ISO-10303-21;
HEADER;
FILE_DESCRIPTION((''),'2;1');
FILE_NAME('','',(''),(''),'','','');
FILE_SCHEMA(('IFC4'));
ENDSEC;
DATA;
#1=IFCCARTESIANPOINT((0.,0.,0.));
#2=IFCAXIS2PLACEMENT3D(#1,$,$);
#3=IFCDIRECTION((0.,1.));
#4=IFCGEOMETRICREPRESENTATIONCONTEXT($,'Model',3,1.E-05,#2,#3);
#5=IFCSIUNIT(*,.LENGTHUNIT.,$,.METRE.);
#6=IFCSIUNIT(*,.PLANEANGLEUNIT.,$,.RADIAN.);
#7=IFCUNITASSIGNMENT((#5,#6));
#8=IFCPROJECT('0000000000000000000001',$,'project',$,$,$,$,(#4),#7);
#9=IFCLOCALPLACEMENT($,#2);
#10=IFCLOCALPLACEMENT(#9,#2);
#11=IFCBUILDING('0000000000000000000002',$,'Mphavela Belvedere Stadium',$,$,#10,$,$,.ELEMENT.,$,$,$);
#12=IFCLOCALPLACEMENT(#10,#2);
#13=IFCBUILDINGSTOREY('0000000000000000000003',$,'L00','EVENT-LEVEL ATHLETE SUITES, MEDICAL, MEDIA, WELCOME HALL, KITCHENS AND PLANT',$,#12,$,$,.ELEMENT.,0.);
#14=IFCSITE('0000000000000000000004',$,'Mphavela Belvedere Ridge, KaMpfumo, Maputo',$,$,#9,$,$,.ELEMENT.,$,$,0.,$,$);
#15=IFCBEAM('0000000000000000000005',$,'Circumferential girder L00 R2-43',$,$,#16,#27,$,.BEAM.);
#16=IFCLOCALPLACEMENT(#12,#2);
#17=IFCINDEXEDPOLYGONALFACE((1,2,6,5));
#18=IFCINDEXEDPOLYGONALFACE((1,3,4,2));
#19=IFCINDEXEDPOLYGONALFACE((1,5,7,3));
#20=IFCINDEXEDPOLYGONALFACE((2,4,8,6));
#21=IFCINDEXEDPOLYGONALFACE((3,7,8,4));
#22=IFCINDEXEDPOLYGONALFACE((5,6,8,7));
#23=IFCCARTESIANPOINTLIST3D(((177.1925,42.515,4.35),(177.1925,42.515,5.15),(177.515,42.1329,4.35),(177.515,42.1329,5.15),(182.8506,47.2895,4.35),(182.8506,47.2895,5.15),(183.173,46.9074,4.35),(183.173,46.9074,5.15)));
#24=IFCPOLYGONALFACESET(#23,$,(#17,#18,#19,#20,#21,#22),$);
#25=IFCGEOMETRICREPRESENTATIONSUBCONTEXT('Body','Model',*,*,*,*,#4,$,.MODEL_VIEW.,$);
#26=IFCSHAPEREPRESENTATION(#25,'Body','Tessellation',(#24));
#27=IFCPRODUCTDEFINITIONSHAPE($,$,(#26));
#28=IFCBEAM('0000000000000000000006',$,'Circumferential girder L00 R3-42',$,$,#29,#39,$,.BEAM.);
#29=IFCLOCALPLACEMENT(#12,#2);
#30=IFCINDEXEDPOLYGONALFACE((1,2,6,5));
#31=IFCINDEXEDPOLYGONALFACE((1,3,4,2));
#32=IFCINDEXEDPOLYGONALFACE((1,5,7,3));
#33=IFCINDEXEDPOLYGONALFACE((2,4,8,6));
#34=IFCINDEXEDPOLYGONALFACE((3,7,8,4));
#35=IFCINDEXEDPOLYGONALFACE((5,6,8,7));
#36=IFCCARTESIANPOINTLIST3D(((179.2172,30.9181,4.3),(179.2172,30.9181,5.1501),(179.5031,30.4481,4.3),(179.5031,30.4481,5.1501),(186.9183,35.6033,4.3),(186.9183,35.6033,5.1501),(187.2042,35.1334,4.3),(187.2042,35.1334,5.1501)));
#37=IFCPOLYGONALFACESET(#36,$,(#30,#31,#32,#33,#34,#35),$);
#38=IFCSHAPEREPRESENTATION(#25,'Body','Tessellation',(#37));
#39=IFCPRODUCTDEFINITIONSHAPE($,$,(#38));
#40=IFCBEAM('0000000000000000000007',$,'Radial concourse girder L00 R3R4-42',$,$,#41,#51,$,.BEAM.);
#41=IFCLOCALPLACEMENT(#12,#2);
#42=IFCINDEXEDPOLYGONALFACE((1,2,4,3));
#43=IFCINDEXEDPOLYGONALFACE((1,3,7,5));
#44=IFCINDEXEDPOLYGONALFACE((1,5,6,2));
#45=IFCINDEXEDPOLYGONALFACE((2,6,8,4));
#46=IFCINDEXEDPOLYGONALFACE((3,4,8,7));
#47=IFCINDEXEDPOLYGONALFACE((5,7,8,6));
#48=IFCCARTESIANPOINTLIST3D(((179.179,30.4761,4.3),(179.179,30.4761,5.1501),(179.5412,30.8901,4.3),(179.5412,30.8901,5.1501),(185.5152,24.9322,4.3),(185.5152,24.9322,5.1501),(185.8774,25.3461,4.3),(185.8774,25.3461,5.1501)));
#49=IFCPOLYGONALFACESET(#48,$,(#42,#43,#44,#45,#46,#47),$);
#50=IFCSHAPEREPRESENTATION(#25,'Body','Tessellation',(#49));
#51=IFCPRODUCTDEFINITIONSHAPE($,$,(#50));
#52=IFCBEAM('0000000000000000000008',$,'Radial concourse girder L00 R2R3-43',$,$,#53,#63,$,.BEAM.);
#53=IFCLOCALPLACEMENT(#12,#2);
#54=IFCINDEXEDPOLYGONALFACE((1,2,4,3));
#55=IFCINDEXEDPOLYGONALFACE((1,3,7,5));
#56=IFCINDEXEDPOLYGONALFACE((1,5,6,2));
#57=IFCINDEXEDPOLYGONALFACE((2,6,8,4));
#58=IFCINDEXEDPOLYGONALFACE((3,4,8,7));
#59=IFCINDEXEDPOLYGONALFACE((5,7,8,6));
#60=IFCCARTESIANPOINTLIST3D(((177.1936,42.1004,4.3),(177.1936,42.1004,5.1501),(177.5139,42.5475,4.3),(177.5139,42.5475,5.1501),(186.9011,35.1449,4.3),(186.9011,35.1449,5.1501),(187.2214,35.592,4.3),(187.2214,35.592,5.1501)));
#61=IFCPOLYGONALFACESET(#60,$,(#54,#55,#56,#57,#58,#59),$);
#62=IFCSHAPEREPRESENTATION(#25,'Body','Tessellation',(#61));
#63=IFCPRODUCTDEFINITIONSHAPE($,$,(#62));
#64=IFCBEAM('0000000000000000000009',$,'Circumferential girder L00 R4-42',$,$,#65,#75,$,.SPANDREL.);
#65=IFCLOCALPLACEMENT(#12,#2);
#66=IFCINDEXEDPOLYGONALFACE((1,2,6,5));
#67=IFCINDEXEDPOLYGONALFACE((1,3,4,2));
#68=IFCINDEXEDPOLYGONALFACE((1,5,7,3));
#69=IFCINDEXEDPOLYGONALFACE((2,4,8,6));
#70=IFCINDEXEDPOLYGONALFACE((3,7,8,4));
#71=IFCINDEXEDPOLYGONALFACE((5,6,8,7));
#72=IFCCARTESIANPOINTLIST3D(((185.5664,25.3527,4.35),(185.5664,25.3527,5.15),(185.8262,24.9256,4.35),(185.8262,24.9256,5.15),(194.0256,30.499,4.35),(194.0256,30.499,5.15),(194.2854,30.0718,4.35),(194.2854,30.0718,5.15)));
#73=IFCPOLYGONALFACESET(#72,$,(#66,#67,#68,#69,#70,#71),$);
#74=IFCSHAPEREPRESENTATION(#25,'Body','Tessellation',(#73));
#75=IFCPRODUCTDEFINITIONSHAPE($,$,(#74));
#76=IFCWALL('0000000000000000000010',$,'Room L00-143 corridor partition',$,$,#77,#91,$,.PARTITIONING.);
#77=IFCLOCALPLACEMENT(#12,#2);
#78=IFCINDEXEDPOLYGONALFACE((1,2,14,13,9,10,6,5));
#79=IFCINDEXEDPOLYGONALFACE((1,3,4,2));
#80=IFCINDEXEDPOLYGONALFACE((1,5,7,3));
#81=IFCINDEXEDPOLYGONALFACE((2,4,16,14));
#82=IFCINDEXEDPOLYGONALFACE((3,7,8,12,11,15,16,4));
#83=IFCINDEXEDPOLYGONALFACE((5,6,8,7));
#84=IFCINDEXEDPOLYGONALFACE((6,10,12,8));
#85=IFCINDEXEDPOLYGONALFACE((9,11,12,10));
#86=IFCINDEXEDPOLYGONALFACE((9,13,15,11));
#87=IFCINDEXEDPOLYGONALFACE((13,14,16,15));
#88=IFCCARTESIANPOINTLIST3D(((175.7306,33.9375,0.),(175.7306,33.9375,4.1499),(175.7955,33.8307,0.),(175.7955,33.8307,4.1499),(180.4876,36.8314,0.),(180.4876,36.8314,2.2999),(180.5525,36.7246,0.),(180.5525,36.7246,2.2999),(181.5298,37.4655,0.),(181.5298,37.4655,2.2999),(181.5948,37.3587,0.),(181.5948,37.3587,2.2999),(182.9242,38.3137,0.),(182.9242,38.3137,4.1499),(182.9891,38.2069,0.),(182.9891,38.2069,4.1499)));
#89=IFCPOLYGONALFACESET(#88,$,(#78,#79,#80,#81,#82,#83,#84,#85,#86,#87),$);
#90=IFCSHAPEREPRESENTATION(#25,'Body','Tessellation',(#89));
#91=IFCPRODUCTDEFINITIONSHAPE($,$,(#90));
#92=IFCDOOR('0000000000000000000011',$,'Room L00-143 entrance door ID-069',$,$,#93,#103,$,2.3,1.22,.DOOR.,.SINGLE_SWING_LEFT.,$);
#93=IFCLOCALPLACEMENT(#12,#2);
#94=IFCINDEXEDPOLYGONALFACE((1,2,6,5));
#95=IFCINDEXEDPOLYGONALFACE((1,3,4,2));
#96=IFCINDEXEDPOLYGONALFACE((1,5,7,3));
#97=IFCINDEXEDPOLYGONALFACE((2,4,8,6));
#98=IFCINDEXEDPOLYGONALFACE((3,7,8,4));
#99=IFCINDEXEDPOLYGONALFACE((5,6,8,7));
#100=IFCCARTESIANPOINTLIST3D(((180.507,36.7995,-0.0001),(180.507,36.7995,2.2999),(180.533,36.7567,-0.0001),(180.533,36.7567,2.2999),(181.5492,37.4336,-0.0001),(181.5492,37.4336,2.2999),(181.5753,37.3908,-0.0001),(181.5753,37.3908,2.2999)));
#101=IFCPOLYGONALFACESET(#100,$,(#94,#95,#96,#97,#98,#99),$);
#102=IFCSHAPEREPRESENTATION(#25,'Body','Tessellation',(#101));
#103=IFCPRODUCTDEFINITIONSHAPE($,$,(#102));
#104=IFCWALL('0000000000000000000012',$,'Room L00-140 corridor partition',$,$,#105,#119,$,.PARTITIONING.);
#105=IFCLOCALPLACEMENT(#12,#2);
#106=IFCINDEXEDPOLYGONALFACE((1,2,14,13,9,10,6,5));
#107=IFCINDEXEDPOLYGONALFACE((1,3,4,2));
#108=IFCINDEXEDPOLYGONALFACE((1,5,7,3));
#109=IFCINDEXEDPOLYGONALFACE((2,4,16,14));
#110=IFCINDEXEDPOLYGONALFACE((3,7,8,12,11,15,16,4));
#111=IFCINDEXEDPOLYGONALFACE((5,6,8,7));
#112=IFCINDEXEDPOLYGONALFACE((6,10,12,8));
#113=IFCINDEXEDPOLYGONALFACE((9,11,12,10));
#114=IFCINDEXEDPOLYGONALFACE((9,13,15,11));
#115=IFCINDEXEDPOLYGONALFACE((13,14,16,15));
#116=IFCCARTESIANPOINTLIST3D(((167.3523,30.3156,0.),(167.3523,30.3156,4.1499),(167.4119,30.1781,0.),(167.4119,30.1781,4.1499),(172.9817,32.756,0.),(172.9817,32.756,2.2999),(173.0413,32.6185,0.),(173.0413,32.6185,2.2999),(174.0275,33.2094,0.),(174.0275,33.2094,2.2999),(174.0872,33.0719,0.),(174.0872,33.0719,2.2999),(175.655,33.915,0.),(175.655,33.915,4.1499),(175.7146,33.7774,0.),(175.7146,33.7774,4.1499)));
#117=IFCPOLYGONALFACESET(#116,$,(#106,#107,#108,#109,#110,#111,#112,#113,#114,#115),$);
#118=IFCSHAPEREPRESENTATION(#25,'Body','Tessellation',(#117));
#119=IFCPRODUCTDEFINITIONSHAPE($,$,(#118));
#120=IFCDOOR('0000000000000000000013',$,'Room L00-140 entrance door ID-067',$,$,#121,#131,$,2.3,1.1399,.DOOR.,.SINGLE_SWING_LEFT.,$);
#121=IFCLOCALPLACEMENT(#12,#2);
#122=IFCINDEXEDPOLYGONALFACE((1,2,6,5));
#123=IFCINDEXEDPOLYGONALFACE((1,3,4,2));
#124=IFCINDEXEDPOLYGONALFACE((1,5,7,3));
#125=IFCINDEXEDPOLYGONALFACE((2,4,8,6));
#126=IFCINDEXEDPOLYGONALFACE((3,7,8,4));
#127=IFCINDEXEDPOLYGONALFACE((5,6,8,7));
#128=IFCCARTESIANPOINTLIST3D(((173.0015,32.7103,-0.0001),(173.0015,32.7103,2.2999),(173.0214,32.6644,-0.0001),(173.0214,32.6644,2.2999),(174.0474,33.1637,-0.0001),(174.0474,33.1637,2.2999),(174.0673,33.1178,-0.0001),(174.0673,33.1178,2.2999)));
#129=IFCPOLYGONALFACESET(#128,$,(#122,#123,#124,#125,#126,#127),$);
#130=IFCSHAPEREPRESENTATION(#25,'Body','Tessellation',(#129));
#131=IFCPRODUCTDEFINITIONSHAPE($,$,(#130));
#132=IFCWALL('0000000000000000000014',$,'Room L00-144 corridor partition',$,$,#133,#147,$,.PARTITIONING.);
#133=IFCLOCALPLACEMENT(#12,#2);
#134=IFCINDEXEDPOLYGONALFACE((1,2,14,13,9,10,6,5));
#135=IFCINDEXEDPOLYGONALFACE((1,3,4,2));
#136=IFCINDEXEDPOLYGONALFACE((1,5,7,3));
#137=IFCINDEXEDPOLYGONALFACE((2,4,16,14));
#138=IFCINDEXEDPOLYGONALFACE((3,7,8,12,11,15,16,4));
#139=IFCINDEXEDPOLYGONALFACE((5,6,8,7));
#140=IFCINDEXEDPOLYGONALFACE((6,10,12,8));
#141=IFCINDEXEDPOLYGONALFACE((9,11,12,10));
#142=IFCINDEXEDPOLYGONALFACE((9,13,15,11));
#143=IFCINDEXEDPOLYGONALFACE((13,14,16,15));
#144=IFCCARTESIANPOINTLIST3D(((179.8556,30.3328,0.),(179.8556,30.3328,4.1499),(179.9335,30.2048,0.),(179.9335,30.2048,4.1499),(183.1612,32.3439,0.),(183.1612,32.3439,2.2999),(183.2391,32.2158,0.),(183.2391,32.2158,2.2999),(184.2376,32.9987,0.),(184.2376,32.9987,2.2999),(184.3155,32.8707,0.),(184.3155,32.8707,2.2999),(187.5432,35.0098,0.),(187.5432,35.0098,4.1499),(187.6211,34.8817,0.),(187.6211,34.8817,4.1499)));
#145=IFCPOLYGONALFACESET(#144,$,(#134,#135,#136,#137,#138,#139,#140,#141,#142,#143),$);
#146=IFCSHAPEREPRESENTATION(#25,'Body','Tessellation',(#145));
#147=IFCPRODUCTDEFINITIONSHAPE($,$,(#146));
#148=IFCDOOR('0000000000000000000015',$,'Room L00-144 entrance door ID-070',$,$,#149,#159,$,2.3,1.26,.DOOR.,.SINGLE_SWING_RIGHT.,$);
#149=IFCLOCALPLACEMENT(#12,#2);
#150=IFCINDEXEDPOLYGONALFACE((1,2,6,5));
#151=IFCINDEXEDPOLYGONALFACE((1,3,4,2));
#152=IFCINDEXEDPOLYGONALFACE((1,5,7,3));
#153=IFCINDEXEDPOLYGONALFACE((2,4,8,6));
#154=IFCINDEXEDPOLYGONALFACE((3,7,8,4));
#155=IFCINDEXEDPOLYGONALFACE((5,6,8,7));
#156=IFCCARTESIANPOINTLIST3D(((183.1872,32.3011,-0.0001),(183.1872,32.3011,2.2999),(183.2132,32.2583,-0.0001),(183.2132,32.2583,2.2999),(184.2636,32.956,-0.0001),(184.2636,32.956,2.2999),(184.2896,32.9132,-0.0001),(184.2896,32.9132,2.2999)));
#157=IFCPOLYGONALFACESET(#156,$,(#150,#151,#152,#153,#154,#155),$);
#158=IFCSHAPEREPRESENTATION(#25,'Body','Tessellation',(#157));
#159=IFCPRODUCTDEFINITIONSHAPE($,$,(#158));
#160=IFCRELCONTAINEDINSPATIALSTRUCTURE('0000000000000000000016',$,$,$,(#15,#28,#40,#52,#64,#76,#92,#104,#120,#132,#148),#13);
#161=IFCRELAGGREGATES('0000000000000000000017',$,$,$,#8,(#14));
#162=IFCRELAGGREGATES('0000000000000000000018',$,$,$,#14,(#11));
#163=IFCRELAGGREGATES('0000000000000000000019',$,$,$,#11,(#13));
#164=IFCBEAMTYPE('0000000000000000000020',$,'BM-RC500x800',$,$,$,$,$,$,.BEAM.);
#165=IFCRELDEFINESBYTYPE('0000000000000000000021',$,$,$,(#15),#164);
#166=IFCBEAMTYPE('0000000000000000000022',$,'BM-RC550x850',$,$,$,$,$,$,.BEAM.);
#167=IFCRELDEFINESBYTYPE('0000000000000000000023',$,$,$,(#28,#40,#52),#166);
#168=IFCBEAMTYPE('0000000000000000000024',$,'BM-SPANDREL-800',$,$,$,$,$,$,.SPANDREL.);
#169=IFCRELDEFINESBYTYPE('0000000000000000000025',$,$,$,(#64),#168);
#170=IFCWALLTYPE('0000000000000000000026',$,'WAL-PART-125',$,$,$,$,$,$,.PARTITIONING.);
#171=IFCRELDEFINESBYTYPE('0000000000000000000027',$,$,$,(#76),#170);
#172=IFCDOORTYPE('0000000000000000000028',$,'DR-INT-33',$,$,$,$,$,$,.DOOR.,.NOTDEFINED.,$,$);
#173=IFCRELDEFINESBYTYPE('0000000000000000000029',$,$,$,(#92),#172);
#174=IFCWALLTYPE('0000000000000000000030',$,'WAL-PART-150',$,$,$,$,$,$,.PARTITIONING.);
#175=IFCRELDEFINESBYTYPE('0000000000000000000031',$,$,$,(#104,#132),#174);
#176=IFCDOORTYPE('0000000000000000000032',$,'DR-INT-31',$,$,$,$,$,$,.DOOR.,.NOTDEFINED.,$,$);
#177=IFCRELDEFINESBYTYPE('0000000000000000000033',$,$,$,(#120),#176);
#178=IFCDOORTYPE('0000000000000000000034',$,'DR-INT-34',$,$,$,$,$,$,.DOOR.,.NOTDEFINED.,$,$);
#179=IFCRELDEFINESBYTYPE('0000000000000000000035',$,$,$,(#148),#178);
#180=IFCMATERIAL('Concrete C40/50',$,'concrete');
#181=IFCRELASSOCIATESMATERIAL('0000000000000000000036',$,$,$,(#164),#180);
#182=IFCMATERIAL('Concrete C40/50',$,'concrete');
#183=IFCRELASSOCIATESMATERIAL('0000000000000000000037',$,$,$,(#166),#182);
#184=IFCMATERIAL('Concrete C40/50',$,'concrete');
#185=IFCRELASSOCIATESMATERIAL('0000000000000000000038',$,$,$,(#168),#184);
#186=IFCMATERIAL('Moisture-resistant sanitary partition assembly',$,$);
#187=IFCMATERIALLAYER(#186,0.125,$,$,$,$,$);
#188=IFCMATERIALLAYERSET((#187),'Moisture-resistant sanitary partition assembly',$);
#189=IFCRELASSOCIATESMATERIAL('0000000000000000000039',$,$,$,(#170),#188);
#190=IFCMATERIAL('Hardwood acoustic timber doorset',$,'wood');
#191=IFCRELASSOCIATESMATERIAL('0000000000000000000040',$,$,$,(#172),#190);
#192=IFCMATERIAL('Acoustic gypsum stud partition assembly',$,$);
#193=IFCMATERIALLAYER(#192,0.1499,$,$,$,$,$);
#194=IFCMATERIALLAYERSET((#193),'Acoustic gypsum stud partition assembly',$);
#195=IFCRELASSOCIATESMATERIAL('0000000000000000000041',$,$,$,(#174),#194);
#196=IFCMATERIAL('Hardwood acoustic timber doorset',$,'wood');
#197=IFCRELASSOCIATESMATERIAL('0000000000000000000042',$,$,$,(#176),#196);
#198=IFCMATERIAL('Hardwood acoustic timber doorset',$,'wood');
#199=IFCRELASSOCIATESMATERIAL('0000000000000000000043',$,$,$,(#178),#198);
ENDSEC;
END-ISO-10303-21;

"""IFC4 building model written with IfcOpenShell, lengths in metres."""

from ifc_helpers import new_model, si_unit, direction, frame, frame_2d, origin, origin_2d, place, context, subcontext, project, spatial, rectangle, extrude, material, layer, layer_set, material_profile, profile_set, type_object, element, fill, save


model = new_model("IFC4")

# Units and contexts
model_context = context("Model", 3, precision=1e-05, world=origin(), true_north=direction((0.0, 1.0)))
body_context = subcontext(model_context, "Body", "Model", "MODEL_VIEW")
ifc_project = project(units=[si_unit("LENGTHUNIT", "METRE"), si_unit("PLANEANGLEUNIT", "RADIAN")], contexts=[model_context])

# Site, building, storey
site_placement = place(None, origin())
site = spatial("IfcSite", under=ifc_project, at=site_placement, Name="Mphavela Belvedere Ridge, KaMpfumo, Maputo", CompositionType="ELEMENT", RefElevation=0.0)
building_placement = place(site_placement, origin())
building = spatial("IfcBuilding", under=site, at=building_placement, Name="Mphavela Belvedere Stadium", CompositionType="ELEMENT")
storey_placement = place(building_placement, origin())
storey = spatial("IfcBuildingStorey", under=building, at=storey_placement, Name="L00", Description="EVENT-LEVEL ATHLETE SUITES, MEDICAL, MEDIA, WELCOME HALL, KITCHENS AND PLANT", CompositionType="ELEMENT", Elevation=0.0)

# Beams
ifc_material_1 = material(Name="Concrete C40/50", Category="concrete")
ifc_material_profile_1 = material_profile(ifc_material_1, rectangle(XDim=0.5, YDim=0.8, at=origin_2d()), Name="RC 500x800")
ifc_profile_set_1 = profile_set([ifc_material_profile_1], Name="Concrete C40/50")
beam_type_1 = type_object("IfcBeamType", Name="BM-RC500x800", PredefinedType="BEAM", material=ifc_profile_set_1)
beam_1_placement = place(storey_placement, frame((177.3538, 42.324, 4.75), z_axis=(0.764257, 0.644911, 0.0), x_axis=(-0.644911, 0.764257, 0.0)))
element("IfcBeam", 1, at=beam_1_placement, inside=storey, type_object=beam_type_1, Name="Circumferential girder L00 R2-43", PredefinedType="BEAM", context=body_context, shape_type="SweptSolid", body=[
    extrude(rectangle(XDim=0.5, YDim=0.8, at=origin_2d()), origin(), (0.0, 0.0, 1.0), 7.4033),
])
ifc_material_2 = material(Name="Concrete C40/50", Category="concrete")
ifc_material_profile_2 = material_profile(ifc_material_2, rectangle(XDim=0.55, YDim=0.8501, at=origin_2d()), Name="RC 550x850")
ifc_profile_set_2 = profile_set([ifc_material_profile_2], Name="Concrete C40/50")
beam_type_2 = type_object("IfcBeamType", Name="BM-RC550x850", PredefinedType="BEAM", material=ifc_profile_set_2)
beam_2_placement = place(storey_placement, frame((179.3601, 30.6831, 4.7251), z_axis=(0.854315, 0.519755, 0.0), x_axis=(-0.519755, 0.854315, 0.0)))
element("IfcBeam", 2, at=beam_2_placement, inside=storey, type_object=beam_type_2, Name="Circumferential girder L00 R3-42", PredefinedType="BEAM", context=body_context, shape_type="SweptSolid", body=[
    extrude(rectangle(XDim=0.55, YDim=0.8501, at=origin_2d()), origin(), (0.0, 0.0, 1.0), 9.0144),
])
beam_3_placement = place(storey_placement, frame((179.3601, 30.6831, 4.7251), z_axis=(0.752589, -0.65849, 0.0), x_axis=(0.65849, 0.752589, 0.0)))
element("IfcBeam", 3, at=beam_3_placement, inside=storey, type_object=beam_type_2, Name="Radial concourse girder L00 R3R4-42", PredefinedType="BEAM", context=body_context, shape_type="SweptSolid", body=[
    extrude(rectangle(XDim=0.55, YDim=0.8501, at=origin_2d()), origin(), (0.0, 0.0, 1.0), 8.4192),
])
beam_4_placement = place(storey_placement, frame((177.3538, 42.324, 4.7251), z_axis=(0.812876, -0.582437, 0.0), x_axis=(0.582437, 0.812876, 0.0)))
element("IfcBeam", 4, at=beam_4_placement, inside=storey, type_object=beam_type_2, Name="Radial concourse girder L00 R2R3-43", PredefinedType="BEAM", context=body_context, shape_type="SweptSolid", body=[
    extrude(rectangle(XDim=0.55, YDim=0.8501, at=origin_2d()), origin(), (0.0, 0.0, 1.0), 11.9421),
])
ifc_material_3 = material(Name="Concrete C40/50", Category="concrete")
ifc_material_profile_3 = material_profile(ifc_material_3, rectangle(XDim=0.5, YDim=0.8, at=origin_2d()), Name="RC 500x800")
ifc_profile_set_3 = profile_set([ifc_material_profile_3], Name="Concrete C40/50")
beam_type_3 = type_object("IfcBeamType", Name="BM-SPANDREL-800", PredefinedType="SPANDREL", material=ifc_profile_set_3)
beam_5_placement = place(storey_placement, frame((185.6963, 25.1392, 4.75), z_axis=(0.854327, 0.519737, 0.0), x_axis=(-0.519737, 0.854327, 0.0)))
element("IfcBeam", 5, at=beam_5_placement, inside=storey, type_object=beam_type_3, Name="Circumferential girder L00 R4-42", PredefinedType="SPANDREL", context=body_context, shape_type="SweptSolid", body=[
    extrude(rectangle(XDim=0.5, YDim=0.8, at=origin_2d()), origin(), (0.0, 0.0, 1.0), 9.9016),
])

# Walls, openings, doors
ifc_material_4 = material(Name="Moisture-resistant sanitary partition assembly")
ifc_layer_1 = layer(ifc_material_4, 0.125)
ifc_layer_set_1 = layer_set([ifc_layer_1], Name="Moisture-resistant sanitary partition assembly")
wall_type_1 = type_object("IfcWallType", Name="WAL-PART-125", PredefinedType="PARTITIONING", material=ifc_layer_set_1)
wall_1_placement = place(storey_placement, frame((182.9565, 38.2603, 0.0), z_axis=(0.0, 0.0, 1.0), x_axis=(-0.85433, -0.519731, 0.0)))
wall_1 = element("IfcWall", 6, at=wall_1_placement, inside=storey, type_object=wall_type_1, Name="Room L00-143 corridor partition", PredefinedType="PARTITIONING", context=body_context, shape_type="SweptSolid", body=[
    extrude(rectangle(XDim=8.4202, YDim=0.125, at=frame_2d((4.21, 0.0))), origin(), (0.0, 0.0, 1.0), 4.1499),
])
opening_1_placement = place(wall_1_placement, frame((1.6321, 0.0, 0.0)))
opening_1 = element("IfcOpeningElement", 7, at=opening_1_placement, cuts=wall_1, PredefinedType="OPENING", context=body_context, shape_type="SweptSolid", body=[
    extrude(rectangle(XDim=1.22, YDim=2.3, at=frame_2d((0.6099, 1.1499))), frame((0.0, 0.0725, 0.0), z_axis=(0.0, -1.0, 0.0), x_axis=(1.0, 0.0, 0.0)), (0.0, 0.0, 1.0), 0.145),
])
ifc_material_5 = material(Name="Hardwood acoustic timber doorset", Category="wood")
door_type_1 = type_object("IfcDoorType", Name="DR-INT-33", OperationType="NOTDEFINED", PredefinedType="DOOR", material=ifc_material_5)
door_1_placement = place(opening_1_placement, origin())
door_1 = element("IfcDoor", 8, at=door_1_placement, inside=storey, type_object=door_type_1, Name="Room L00-143 entrance door ID-069", OperationType="SINGLE_SWING_LEFT", OverallHeight=2.3, OverallWidth=1.22, PredefinedType="DOOR", context=body_context, shape_type="SweptSolid", body=[
    extrude(rectangle(XDim=1.22, YDim=2.3, at=frame_2d((0.6099, 1.1499))), frame((0.0, 0.0249, 0.0), z_axis=(0.0, -1.0, 0.0), x_axis=(1.0, 0.0, 0.0)), (0.0, 0.0, 1.0), 0.05),
])
fill(opening_1, door_1)
ifc_material_6 = material(Name="Acoustic gypsum stud partition assembly")
ifc_layer_2 = layer(ifc_material_6, 0.1499)
ifc_layer_set_2 = layer_set([ifc_layer_2], Name="Acoustic gypsum stud partition assembly")
wall_type_2 = type_object("IfcWallType", Name="WAL-PART-150", PredefinedType="PARTITIONING", material=ifc_layer_set_2)
wall_2_placement = place(storey_placement, frame((175.6848, 33.8462, 0.0), z_axis=(0.0, 0.0, 1.0), x_axis=(-0.917495, -0.397748, 0.0)))
wall_2 = element("IfcWall", 9, at=wall_2_placement, inside=storey, type_object=wall_type_2, Name="Room L00-140 corridor partition", PredefinedType="PARTITIONING", context=body_context, shape_type="SweptSolid", body=[
    extrude(rectangle(XDim=9.0493, YDim=0.1499, at=frame_2d((4.5247, 0.0))), origin(), (0.0, 0.0, 1.0), 4.1499),
])
opening_2_placement = place(wall_2_placement, frame((1.7739, 0.0, 0.0)))
opening_2 = element("IfcOpeningElement", 10, at=opening_2_placement, cuts=wall_2, PredefinedType="OPENING", context=body_context, shape_type="SweptSolid", body=[
    extrude(rectangle(XDim=1.1399, YDim=2.3, at=frame_2d((0.5698, 1.1499))), frame((0.0, 0.085, 0.0), z_axis=(0.0, -1.0, 0.0), x_axis=(1.0, 0.0, 0.0)), (0.0, 0.0, 1.0), 0.1699),
])
ifc_material_7 = material(Name="Hardwood acoustic timber doorset", Category="wood")
door_type_2 = type_object("IfcDoorType", Name="DR-INT-31", OperationType="NOTDEFINED", PredefinedType="DOOR", material=ifc_material_7)
door_2_placement = place(opening_2_placement, origin())
door_2 = element("IfcDoor", 11, at=door_2_placement, inside=storey, type_object=door_type_2, Name="Room L00-140 entrance door ID-067", OperationType="SINGLE_SWING_LEFT", OverallHeight=2.3, OverallWidth=1.1399, PredefinedType="DOOR", context=body_context, shape_type="SweptSolid", body=[
    extrude(rectangle(XDim=1.1399, YDim=2.3, at=frame_2d((0.5698, 1.1499))), frame((0.0, 0.0249, 0.0), z_axis=(0.0, -1.0, 0.0), x_axis=(1.0, 0.0, 0.0)), (0.0, 0.0, 1.0), 0.05),
])
fill(opening_2, door_2)
wall_3_placement = place(storey_placement, frame((179.8945, 30.2688, 0.0), z_axis=(0.0, 0.0, 1.0), x_axis=(0.854322, 0.519745, 0.0)))
wall_3 = element("IfcWall", 12, at=wall_3_placement, inside=storey, type_object=wall_type_2, Name="Room L00-144 corridor partition", PredefinedType="PARTITIONING", context=body_context, shape_type="SweptSolid", body=[
    extrude(rectangle(XDim=8.9985, YDim=0.1499, at=frame_2d((4.4993, 0.0))), origin(), (0.0, 0.0, 1.0), 4.1499),
])
opening_3_placement = place(wall_3_placement, frame((3.8694, 0.0, 0.0)))
opening_3 = element("IfcOpeningElement", 13, at=opening_3_placement, cuts=wall_3, PredefinedType="OPENING", context=body_context, shape_type="SweptSolid", body=[
    extrude(rectangle(XDim=1.26, YDim=2.3, at=frame_2d((0.6299, 1.1499))), frame((0.0, 0.085, 0.0), z_axis=(0.0, -1.0, 0.0), x_axis=(1.0, 0.0, 0.0)), (0.0, 0.0, 1.0), 0.1699),
])
ifc_material_8 = material(Name="Hardwood acoustic timber doorset", Category="wood")
door_type_3 = type_object("IfcDoorType", Name="DR-INT-34", OperationType="NOTDEFINED", PredefinedType="DOOR", material=ifc_material_8)
door_3_placement = place(opening_3_placement, origin())
door_3 = element("IfcDoor", 14, at=door_3_placement, inside=storey, type_object=door_type_3, Name="Room L00-144 entrance door ID-070", OperationType="SINGLE_SWING_RIGHT", OverallHeight=2.3, OverallWidth=1.26, PredefinedType="DOOR", context=body_context, shape_type="SweptSolid", body=[
    extrude(rectangle(XDim=1.26, YDim=2.3, at=frame_2d((0.6299, 1.1499))), frame((0.0, 0.0249, 0.0), z_axis=(0.0, -1.0, 0.0), x_axis=(1.0, 0.0, 0.0)), (0.0, 0.0, 1.0), 0.05),
])
fill(opening_3, door_3)

save(model, "model.ifc")
